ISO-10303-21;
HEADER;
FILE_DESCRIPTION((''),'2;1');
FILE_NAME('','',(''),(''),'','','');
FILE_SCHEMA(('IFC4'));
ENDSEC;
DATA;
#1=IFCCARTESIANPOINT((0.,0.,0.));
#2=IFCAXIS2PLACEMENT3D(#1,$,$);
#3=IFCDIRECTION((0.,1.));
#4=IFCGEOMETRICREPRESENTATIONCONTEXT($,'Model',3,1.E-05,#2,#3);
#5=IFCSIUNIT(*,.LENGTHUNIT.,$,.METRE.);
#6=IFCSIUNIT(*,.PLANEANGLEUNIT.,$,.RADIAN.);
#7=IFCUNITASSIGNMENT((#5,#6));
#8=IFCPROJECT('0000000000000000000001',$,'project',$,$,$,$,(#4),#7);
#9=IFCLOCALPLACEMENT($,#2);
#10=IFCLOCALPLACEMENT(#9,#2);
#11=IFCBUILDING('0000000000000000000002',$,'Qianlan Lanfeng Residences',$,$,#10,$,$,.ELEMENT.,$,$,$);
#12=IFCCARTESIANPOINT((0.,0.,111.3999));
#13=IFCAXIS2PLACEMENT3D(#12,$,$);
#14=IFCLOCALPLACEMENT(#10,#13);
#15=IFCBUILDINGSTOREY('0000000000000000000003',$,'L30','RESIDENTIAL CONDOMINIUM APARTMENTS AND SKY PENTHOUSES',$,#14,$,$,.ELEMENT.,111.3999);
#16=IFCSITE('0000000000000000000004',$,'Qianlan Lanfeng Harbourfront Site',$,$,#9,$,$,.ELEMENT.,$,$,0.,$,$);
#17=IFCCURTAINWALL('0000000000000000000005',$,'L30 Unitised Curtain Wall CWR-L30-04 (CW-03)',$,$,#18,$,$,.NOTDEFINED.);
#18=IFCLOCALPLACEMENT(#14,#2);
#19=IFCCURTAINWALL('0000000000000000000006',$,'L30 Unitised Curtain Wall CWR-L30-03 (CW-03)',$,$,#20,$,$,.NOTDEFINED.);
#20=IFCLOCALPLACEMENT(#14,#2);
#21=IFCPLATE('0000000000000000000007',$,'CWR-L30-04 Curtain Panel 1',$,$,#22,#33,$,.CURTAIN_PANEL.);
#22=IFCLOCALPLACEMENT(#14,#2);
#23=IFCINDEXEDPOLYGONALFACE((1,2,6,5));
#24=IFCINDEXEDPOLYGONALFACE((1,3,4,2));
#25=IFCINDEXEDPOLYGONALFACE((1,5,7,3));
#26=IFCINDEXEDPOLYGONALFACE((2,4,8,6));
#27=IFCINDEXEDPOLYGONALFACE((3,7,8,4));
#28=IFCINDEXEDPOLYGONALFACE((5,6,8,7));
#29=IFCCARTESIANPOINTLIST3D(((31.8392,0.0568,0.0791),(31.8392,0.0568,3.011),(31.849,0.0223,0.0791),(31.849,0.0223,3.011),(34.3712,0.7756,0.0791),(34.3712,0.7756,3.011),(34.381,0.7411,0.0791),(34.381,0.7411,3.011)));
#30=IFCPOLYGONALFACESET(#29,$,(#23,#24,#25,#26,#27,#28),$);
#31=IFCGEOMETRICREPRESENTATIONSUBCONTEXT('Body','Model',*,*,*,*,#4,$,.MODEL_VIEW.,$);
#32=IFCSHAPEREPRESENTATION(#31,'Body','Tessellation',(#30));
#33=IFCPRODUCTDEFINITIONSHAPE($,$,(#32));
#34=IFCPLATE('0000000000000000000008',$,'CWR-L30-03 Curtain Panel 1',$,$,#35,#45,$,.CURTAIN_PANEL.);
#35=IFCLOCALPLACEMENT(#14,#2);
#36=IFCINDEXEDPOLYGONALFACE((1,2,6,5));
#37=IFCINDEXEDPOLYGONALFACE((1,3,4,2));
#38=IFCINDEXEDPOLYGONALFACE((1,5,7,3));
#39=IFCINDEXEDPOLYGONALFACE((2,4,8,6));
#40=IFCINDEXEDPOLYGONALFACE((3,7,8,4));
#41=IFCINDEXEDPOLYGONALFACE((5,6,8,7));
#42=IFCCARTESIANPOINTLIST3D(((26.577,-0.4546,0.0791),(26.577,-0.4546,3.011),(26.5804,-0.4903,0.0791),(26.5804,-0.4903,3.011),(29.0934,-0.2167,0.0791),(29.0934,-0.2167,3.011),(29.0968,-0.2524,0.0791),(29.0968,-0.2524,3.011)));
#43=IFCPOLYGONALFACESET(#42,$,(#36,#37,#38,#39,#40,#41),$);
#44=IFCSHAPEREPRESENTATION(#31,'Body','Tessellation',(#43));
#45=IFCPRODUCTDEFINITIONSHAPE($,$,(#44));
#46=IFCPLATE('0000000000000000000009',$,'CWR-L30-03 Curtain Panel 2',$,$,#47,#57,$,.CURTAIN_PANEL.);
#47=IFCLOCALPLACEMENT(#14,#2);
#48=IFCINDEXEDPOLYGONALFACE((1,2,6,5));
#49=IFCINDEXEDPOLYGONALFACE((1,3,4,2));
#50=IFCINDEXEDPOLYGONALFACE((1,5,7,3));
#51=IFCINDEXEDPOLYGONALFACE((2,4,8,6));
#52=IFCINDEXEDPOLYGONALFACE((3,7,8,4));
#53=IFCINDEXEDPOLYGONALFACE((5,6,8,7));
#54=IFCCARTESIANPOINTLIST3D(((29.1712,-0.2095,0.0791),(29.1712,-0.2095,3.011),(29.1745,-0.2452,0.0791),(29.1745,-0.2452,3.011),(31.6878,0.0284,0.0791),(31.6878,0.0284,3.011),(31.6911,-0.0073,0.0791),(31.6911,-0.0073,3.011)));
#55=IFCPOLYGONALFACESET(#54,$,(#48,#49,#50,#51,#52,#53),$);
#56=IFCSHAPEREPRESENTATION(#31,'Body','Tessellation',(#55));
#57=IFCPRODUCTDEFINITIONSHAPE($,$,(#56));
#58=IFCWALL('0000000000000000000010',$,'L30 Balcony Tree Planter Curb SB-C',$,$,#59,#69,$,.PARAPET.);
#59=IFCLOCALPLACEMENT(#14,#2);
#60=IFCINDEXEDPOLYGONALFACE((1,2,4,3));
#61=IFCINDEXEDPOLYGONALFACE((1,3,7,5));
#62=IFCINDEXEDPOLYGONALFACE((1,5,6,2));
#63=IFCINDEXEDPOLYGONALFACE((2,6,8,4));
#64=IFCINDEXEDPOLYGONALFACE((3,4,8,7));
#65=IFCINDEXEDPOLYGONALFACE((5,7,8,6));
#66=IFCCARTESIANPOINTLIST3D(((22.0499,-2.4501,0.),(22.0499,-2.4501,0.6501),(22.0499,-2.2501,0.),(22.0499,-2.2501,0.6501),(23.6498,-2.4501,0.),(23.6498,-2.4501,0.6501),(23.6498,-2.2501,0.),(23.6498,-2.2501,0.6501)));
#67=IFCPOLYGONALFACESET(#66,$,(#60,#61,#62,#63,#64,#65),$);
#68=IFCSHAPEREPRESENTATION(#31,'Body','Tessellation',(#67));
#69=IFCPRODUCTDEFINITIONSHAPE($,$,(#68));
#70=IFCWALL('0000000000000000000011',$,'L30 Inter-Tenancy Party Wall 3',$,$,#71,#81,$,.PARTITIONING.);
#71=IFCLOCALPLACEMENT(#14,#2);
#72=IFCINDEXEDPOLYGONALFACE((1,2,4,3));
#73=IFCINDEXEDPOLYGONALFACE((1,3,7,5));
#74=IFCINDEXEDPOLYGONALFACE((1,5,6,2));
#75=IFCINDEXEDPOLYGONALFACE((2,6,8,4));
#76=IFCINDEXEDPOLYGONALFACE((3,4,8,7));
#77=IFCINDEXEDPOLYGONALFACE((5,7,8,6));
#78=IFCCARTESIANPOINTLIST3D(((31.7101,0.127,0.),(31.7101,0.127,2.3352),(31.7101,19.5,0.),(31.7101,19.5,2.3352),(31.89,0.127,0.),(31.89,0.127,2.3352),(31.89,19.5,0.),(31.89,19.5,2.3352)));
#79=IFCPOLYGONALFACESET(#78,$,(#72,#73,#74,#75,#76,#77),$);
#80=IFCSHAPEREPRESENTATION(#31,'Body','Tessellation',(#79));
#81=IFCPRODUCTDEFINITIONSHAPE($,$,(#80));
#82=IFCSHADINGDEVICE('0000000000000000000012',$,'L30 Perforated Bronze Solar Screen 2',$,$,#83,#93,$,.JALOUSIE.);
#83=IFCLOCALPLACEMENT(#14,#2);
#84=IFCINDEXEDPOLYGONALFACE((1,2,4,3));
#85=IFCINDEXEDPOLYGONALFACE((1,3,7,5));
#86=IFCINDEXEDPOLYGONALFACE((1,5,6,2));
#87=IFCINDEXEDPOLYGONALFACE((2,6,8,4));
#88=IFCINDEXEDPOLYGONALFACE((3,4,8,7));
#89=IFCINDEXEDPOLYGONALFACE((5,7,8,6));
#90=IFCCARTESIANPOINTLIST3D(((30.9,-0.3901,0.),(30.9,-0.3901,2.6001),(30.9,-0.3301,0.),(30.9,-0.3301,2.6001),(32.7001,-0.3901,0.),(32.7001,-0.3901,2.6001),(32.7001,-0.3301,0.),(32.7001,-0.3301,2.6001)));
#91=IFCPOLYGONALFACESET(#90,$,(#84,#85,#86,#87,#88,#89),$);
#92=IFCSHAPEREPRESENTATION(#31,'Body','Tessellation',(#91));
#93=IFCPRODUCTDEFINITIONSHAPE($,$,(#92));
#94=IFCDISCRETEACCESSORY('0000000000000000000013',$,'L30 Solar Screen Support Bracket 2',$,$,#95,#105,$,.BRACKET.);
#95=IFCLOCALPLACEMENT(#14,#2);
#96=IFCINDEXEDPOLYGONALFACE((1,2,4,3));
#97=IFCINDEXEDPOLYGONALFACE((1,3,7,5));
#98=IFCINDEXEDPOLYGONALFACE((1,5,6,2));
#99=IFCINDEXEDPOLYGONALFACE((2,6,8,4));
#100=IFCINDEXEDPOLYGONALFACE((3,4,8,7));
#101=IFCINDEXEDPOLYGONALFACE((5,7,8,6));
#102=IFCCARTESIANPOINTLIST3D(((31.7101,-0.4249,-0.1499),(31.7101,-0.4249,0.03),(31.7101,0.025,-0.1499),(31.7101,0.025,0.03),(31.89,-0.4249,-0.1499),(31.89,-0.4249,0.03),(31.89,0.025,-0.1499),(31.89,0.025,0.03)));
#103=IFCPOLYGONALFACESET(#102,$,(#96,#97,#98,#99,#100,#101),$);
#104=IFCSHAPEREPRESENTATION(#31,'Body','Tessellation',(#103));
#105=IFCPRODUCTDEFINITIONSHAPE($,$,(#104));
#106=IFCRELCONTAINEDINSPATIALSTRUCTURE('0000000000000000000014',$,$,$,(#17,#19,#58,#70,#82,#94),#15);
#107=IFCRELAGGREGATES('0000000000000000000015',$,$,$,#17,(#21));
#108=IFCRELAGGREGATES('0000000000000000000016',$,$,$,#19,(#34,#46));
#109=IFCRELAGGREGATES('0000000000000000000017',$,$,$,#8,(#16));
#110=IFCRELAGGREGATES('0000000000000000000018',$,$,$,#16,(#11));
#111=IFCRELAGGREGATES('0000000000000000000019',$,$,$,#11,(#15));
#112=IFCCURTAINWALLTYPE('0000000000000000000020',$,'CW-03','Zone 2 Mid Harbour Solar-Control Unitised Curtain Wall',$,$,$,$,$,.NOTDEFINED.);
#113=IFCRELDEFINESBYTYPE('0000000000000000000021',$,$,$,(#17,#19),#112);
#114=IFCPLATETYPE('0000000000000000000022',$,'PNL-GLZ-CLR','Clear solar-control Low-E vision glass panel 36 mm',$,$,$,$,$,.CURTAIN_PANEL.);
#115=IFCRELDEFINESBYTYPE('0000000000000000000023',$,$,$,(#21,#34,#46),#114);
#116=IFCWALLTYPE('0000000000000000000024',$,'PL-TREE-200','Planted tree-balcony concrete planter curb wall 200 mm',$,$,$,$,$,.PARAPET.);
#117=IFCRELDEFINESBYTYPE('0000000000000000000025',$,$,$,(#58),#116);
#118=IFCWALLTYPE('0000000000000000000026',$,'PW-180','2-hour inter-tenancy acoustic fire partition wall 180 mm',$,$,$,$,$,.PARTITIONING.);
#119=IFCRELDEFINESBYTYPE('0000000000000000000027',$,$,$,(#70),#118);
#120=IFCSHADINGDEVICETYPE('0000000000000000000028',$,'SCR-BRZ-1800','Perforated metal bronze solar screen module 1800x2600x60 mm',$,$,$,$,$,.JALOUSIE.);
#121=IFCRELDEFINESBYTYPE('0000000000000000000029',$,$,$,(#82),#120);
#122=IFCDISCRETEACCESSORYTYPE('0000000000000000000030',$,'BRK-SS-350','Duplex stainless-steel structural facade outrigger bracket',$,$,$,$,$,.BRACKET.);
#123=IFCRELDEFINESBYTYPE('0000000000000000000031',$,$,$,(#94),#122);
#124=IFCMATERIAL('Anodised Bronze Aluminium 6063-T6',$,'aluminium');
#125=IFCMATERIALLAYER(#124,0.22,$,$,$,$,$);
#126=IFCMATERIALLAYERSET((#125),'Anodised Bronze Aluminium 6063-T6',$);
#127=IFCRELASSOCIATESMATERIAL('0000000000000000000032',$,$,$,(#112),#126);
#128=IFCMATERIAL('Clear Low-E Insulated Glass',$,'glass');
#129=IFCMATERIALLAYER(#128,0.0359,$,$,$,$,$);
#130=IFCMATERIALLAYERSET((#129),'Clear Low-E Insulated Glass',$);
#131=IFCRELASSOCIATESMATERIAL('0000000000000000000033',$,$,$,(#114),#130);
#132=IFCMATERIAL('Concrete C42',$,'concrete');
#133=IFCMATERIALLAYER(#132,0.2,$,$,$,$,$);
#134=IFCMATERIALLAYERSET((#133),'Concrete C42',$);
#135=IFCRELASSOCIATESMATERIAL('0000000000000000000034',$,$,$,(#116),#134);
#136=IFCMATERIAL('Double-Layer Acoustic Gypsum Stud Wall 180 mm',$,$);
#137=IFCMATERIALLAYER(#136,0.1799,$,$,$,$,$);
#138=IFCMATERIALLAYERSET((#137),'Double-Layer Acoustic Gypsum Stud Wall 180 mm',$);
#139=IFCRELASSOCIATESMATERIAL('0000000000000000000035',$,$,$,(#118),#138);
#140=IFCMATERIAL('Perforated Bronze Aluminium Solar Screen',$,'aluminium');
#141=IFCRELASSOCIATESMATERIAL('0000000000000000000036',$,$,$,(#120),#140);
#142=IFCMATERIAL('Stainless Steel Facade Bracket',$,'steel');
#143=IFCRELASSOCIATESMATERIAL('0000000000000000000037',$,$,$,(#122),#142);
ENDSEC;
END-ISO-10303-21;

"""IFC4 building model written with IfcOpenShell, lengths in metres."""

from ifc_helpers import new_model, si_unit, direction, frame, frame_2d, origin, origin_2d, place, context, subcontext, project, spatial, rectangle, extrude, source, transform, mapped, material, layer, layer_set, type_object, element, aggregate, save


model = new_model("IFC4")

# Units and contexts
model_context = context("Model", 3, precision=1e-05, world=origin(), true_north=direction((0.0, 1.0)))
body_context = subcontext(model_context, "Body", "Model", "MODEL_VIEW")
ifc_project = project(units=[si_unit("LENGTHUNIT", "METRE"), si_unit("PLANEANGLEUNIT", "RADIAN")], contexts=[model_context])

# Site, building, storey
site_placement = place(None, origin())
site = spatial("IfcSite", under=ifc_project, at=site_placement, Name="Qianlan Lanfeng Harbourfront Site", CompositionType="ELEMENT", RefElevation=0.0)
building_placement = place(site_placement, origin())
building = spatial("IfcBuilding", under=site, at=building_placement, Name="Qianlan Lanfeng Residences", CompositionType="ELEMENT")
storey_placement = place(building_placement, frame((0.0, 0.0, 111.3999)))
storey = spatial("IfcBuildingStorey", under=building, at=storey_placement, Name="L30", Description="RESIDENTIAL CONDOMINIUM APARTMENTS AND SKY PENTHOUSES", CompositionType="ELEMENT", Elevation=111.3999)

# Curtain walls
ifc_material_1 = material(Name="Anodised Bronze Aluminium 6063-T6", Category="aluminium")
ifc_layer_1 = layer(ifc_material_1, 0.22)
ifc_layer_set_1 = layer_set([ifc_layer_1], Name="Anodised Bronze Aluminium 6063-T6")
curtain_wall_type = type_object("IfcCurtainWallType", Name="CW-03", Description="Zone 2 Mid Harbour Solar-Control Unitised Curtain Wall", PredefinedType="NOTDEFINED", material=ifc_layer_set_1)
curtain_wall_1_placement = place(storey_placement, origin())
curtain_wall_1 = element("IfcCurtainWall", 1, at=curtain_wall_1_placement, inside=storey, type_object=curtain_wall_type, Name="L30 Unitised Curtain Wall CWR-L30-04 (CW-03)", PredefinedType="NOTDEFINED")
curtain_wall_2_placement = place(storey_placement, origin())
curtain_wall_2 = element("IfcCurtainWall", 2, at=curtain_wall_2_placement, inside=storey, type_object=curtain_wall_type, Name="L30 Unitised Curtain Wall CWR-L30-03 (CW-03)", PredefinedType="NOTDEFINED")

# Plates
ifc_material_2 = material(Name="Clear Low-E Insulated Glass", Category="glass")
ifc_layer_2 = layer(ifc_material_2, 0.0359)
ifc_layer_set_2 = layer_set([ifc_layer_2], Name="Clear Low-E Insulated Glass")
plate_type = type_object("IfcPlateType", Name="PNL-GLZ-CLR", Description="Clear solar-control Low-E vision glass panel 36 mm", PredefinedType="CURTAIN_PANEL", material=ifc_layer_set_2)
shared_shape_1 = source(origin(), body_context, "Body", "SweptSolid", [
    extrude(rectangle(XDim=2.6321, YDim=0.0359, at=origin_2d()), origin(), (0.0, 0.0, 1.0), 2.9319),
])
plate_1_placement = place(storey_placement, frame((33.1101, 0.3989, 0.0791), z_axis=(0.0, 0.0, 1.0), x_axis=(0.961989, 0.273088, 0.0)))
plate_1 = element("IfcPlate", 3, at=plate_1_placement, type_object=plate_type, Name="CWR-L30-04 Curtain Panel 1", PredefinedType="CURTAIN_PANEL", context=body_context, shape_type="MappedRepresentation", body=[
    mapped(shared_shape_1, transform((0.0, 0.0, 0.0), scale=1.0)),
])
aggregate(curtain_wall_1, [plate_1])
shared_shape_2 = source(origin(), body_context, "Body", "SweptSolid", [
    extrude(rectangle(XDim=2.5276, YDim=0.0359, at=origin_2d()), origin(), (0.0, 0.0, 1.0), 2.9319),
])
plate_2_placement = place(storey_placement, frame((27.8369, -0.3535, 0.0791), z_axis=(0.0, 0.0, 1.0), x_axis=(0.995561, 0.094114, 0.0)))
plate_2 = element("IfcPlate", 4, at=plate_2_placement, type_object=plate_type, Name="CWR-L30-03 Curtain Panel 1", PredefinedType="CURTAIN_PANEL", context=body_context, shape_type="MappedRepresentation", body=[
    mapped(shared_shape_2, transform((0.0, 0.0, 0.0), scale=1.0)),
])
shared_shape_3 = source(origin(), body_context, "Body", "SweptSolid", [
    extrude(rectangle(XDim=2.5278, YDim=0.0359, at=origin_2d()), origin(), (0.0, 0.0, 1.0), 2.9319),
])
plate_3_placement = place(storey_placement, frame((30.4312, -0.1084, 0.0791), z_axis=(0.0, 0.0, 1.0), x_axis=(0.995561, 0.094114, 0.0)))
plate_3 = element("IfcPlate", 5, at=plate_3_placement, type_object=plate_type, Name="CWR-L30-03 Curtain Panel 2", PredefinedType="CURTAIN_PANEL", context=body_context, shape_type="MappedRepresentation", body=[
    mapped(shared_shape_3, transform((0.0, 0.0, 0.0), scale=1.0)),
])
aggregate(curtain_wall_2, [plate_2, plate_3])

# Walls
ifc_material_3 = material(Name="Concrete C42", Category="concrete")
ifc_layer_3 = layer(ifc_material_3, 0.2)
ifc_layer_set_3 = layer_set([ifc_layer_3], Name="Concrete C42")
wall_type_1 = type_object("IfcWallType", Name="PL-TREE-200", Description="Planted tree-balcony concrete planter curb wall 200 mm", PredefinedType="PARAPET", material=ifc_layer_set_3)
wall_1_placement = place(storey_placement, frame((22.05, -2.3501, 0.0), z_axis=(0.0, 0.0, 1.0), x_axis=(1.0, 0.0, 0.0)))
element("IfcWall", 6, at=wall_1_placement, inside=storey, type_object=wall_type_1, Name="L30 Balcony Tree Planter Curb SB-C", PredefinedType="PARAPET", context=body_context, shape_type="SweptSolid", body=[
    extrude(rectangle(XDim=1.5999, YDim=0.2, at=frame_2d((0.7998, 0.0))), origin(), (0.0, 0.0, 1.0), 0.6501),
])
ifc_material_4 = material(Name="Double-Layer Acoustic Gypsum Stud Wall 180 mm")
ifc_layer_4 = layer(ifc_material_4, 0.1799)
ifc_layer_set_4 = layer_set([ifc_layer_4], Name="Double-Layer Acoustic Gypsum Stud Wall 180 mm")
wall_type_2 = type_object("IfcWallType", Name="PW-180", Description="2-hour inter-tenancy acoustic fire partition wall 180 mm", PredefinedType="PARTITIONING", material=ifc_layer_set_4)
wall_2_placement = place(storey_placement, frame((31.8, 0.127, 0.0), z_axis=(0.0, 0.0, 1.0), x_axis=(0.0, 1.0, 0.0)))
element("IfcWall", 7, at=wall_2_placement, inside=storey, type_object=wall_type_2, Name="L30 Inter-Tenancy Party Wall 3", PredefinedType="PARTITIONING", context=body_context, shape_type="SweptSolid", body=[
    extrude(rectangle(XDim=19.373, YDim=0.1799, at=frame_2d((9.6865, 0.0))), origin(), (0.0, 0.0, 1.0), 2.3352),
])

# Shading device
ifc_material_5 = material(Name="Perforated Bronze Aluminium Solar Screen", Category="aluminium")
shading_device_type = type_object("IfcShadingDeviceType", Name="SCR-BRZ-1800", Description="Perforated metal bronze solar screen module 1800x2600x60 mm", PredefinedType="JALOUSIE", material=ifc_material_5)
shared_shape_4 = source(origin(), body_context, "Body", "SweptSolid", [
    extrude(rectangle(XDim=1.8, YDim=0.0601, at=origin_2d()), origin(), (0.0, 0.0, 1.0), 2.6001),
])
shading_device_placement = place(storey_placement, frame((31.8, -0.3601, 0.0), z_axis=(0.0, 0.0, 1.0), x_axis=(1.0, 0.0, 0.0)))
element("IfcShadingDevice", 8, at=shading_device_placement, inside=storey, type_object=shading_device_type, Name="L30 Perforated Bronze Solar Screen 2", PredefinedType="JALOUSIE", context=body_context, shape_type="MappedRepresentation", body=[
    mapped(shared_shape_4, transform((0.0, 0.0, 0.0), scale=1.0)),
])

# Discrete accessory
ifc_material_6 = material(Name="Stainless Steel Facade Bracket", Category="steel")
discrete_accessory_type = type_object("IfcDiscreteAccessoryType", Name="BRK-SS-350", Description="Duplex stainless-steel structural facade outrigger bracket", PredefinedType="BRACKET", material=ifc_material_6)
shared_shape_5 = source(origin(), body_context, "Body", "SweptSolid", [
    extrude(rectangle(XDim=0.1799, YDim=0.45, at=origin_2d()), origin(), (0.0, 0.0, 1.0), 0.1799),
])
discrete_accessory_placement = place(storey_placement, frame((31.8, -0.2, -0.1499), z_axis=(0.0, 0.0, 1.0), x_axis=(1.0, 0.0, 0.0)))
element("IfcDiscreteAccessory", 9, at=discrete_accessory_placement, inside=storey, type_object=discrete_accessory_type, Name="L30 Solar Screen Support Bracket 2", PredefinedType="BRACKET", context=body_context, shape_type="MappedRepresentation", body=[
    mapped(shared_shape_5, transform((0.0, 0.0, 0.0), scale=1.0)),
])

save(model, "model.ifc")
